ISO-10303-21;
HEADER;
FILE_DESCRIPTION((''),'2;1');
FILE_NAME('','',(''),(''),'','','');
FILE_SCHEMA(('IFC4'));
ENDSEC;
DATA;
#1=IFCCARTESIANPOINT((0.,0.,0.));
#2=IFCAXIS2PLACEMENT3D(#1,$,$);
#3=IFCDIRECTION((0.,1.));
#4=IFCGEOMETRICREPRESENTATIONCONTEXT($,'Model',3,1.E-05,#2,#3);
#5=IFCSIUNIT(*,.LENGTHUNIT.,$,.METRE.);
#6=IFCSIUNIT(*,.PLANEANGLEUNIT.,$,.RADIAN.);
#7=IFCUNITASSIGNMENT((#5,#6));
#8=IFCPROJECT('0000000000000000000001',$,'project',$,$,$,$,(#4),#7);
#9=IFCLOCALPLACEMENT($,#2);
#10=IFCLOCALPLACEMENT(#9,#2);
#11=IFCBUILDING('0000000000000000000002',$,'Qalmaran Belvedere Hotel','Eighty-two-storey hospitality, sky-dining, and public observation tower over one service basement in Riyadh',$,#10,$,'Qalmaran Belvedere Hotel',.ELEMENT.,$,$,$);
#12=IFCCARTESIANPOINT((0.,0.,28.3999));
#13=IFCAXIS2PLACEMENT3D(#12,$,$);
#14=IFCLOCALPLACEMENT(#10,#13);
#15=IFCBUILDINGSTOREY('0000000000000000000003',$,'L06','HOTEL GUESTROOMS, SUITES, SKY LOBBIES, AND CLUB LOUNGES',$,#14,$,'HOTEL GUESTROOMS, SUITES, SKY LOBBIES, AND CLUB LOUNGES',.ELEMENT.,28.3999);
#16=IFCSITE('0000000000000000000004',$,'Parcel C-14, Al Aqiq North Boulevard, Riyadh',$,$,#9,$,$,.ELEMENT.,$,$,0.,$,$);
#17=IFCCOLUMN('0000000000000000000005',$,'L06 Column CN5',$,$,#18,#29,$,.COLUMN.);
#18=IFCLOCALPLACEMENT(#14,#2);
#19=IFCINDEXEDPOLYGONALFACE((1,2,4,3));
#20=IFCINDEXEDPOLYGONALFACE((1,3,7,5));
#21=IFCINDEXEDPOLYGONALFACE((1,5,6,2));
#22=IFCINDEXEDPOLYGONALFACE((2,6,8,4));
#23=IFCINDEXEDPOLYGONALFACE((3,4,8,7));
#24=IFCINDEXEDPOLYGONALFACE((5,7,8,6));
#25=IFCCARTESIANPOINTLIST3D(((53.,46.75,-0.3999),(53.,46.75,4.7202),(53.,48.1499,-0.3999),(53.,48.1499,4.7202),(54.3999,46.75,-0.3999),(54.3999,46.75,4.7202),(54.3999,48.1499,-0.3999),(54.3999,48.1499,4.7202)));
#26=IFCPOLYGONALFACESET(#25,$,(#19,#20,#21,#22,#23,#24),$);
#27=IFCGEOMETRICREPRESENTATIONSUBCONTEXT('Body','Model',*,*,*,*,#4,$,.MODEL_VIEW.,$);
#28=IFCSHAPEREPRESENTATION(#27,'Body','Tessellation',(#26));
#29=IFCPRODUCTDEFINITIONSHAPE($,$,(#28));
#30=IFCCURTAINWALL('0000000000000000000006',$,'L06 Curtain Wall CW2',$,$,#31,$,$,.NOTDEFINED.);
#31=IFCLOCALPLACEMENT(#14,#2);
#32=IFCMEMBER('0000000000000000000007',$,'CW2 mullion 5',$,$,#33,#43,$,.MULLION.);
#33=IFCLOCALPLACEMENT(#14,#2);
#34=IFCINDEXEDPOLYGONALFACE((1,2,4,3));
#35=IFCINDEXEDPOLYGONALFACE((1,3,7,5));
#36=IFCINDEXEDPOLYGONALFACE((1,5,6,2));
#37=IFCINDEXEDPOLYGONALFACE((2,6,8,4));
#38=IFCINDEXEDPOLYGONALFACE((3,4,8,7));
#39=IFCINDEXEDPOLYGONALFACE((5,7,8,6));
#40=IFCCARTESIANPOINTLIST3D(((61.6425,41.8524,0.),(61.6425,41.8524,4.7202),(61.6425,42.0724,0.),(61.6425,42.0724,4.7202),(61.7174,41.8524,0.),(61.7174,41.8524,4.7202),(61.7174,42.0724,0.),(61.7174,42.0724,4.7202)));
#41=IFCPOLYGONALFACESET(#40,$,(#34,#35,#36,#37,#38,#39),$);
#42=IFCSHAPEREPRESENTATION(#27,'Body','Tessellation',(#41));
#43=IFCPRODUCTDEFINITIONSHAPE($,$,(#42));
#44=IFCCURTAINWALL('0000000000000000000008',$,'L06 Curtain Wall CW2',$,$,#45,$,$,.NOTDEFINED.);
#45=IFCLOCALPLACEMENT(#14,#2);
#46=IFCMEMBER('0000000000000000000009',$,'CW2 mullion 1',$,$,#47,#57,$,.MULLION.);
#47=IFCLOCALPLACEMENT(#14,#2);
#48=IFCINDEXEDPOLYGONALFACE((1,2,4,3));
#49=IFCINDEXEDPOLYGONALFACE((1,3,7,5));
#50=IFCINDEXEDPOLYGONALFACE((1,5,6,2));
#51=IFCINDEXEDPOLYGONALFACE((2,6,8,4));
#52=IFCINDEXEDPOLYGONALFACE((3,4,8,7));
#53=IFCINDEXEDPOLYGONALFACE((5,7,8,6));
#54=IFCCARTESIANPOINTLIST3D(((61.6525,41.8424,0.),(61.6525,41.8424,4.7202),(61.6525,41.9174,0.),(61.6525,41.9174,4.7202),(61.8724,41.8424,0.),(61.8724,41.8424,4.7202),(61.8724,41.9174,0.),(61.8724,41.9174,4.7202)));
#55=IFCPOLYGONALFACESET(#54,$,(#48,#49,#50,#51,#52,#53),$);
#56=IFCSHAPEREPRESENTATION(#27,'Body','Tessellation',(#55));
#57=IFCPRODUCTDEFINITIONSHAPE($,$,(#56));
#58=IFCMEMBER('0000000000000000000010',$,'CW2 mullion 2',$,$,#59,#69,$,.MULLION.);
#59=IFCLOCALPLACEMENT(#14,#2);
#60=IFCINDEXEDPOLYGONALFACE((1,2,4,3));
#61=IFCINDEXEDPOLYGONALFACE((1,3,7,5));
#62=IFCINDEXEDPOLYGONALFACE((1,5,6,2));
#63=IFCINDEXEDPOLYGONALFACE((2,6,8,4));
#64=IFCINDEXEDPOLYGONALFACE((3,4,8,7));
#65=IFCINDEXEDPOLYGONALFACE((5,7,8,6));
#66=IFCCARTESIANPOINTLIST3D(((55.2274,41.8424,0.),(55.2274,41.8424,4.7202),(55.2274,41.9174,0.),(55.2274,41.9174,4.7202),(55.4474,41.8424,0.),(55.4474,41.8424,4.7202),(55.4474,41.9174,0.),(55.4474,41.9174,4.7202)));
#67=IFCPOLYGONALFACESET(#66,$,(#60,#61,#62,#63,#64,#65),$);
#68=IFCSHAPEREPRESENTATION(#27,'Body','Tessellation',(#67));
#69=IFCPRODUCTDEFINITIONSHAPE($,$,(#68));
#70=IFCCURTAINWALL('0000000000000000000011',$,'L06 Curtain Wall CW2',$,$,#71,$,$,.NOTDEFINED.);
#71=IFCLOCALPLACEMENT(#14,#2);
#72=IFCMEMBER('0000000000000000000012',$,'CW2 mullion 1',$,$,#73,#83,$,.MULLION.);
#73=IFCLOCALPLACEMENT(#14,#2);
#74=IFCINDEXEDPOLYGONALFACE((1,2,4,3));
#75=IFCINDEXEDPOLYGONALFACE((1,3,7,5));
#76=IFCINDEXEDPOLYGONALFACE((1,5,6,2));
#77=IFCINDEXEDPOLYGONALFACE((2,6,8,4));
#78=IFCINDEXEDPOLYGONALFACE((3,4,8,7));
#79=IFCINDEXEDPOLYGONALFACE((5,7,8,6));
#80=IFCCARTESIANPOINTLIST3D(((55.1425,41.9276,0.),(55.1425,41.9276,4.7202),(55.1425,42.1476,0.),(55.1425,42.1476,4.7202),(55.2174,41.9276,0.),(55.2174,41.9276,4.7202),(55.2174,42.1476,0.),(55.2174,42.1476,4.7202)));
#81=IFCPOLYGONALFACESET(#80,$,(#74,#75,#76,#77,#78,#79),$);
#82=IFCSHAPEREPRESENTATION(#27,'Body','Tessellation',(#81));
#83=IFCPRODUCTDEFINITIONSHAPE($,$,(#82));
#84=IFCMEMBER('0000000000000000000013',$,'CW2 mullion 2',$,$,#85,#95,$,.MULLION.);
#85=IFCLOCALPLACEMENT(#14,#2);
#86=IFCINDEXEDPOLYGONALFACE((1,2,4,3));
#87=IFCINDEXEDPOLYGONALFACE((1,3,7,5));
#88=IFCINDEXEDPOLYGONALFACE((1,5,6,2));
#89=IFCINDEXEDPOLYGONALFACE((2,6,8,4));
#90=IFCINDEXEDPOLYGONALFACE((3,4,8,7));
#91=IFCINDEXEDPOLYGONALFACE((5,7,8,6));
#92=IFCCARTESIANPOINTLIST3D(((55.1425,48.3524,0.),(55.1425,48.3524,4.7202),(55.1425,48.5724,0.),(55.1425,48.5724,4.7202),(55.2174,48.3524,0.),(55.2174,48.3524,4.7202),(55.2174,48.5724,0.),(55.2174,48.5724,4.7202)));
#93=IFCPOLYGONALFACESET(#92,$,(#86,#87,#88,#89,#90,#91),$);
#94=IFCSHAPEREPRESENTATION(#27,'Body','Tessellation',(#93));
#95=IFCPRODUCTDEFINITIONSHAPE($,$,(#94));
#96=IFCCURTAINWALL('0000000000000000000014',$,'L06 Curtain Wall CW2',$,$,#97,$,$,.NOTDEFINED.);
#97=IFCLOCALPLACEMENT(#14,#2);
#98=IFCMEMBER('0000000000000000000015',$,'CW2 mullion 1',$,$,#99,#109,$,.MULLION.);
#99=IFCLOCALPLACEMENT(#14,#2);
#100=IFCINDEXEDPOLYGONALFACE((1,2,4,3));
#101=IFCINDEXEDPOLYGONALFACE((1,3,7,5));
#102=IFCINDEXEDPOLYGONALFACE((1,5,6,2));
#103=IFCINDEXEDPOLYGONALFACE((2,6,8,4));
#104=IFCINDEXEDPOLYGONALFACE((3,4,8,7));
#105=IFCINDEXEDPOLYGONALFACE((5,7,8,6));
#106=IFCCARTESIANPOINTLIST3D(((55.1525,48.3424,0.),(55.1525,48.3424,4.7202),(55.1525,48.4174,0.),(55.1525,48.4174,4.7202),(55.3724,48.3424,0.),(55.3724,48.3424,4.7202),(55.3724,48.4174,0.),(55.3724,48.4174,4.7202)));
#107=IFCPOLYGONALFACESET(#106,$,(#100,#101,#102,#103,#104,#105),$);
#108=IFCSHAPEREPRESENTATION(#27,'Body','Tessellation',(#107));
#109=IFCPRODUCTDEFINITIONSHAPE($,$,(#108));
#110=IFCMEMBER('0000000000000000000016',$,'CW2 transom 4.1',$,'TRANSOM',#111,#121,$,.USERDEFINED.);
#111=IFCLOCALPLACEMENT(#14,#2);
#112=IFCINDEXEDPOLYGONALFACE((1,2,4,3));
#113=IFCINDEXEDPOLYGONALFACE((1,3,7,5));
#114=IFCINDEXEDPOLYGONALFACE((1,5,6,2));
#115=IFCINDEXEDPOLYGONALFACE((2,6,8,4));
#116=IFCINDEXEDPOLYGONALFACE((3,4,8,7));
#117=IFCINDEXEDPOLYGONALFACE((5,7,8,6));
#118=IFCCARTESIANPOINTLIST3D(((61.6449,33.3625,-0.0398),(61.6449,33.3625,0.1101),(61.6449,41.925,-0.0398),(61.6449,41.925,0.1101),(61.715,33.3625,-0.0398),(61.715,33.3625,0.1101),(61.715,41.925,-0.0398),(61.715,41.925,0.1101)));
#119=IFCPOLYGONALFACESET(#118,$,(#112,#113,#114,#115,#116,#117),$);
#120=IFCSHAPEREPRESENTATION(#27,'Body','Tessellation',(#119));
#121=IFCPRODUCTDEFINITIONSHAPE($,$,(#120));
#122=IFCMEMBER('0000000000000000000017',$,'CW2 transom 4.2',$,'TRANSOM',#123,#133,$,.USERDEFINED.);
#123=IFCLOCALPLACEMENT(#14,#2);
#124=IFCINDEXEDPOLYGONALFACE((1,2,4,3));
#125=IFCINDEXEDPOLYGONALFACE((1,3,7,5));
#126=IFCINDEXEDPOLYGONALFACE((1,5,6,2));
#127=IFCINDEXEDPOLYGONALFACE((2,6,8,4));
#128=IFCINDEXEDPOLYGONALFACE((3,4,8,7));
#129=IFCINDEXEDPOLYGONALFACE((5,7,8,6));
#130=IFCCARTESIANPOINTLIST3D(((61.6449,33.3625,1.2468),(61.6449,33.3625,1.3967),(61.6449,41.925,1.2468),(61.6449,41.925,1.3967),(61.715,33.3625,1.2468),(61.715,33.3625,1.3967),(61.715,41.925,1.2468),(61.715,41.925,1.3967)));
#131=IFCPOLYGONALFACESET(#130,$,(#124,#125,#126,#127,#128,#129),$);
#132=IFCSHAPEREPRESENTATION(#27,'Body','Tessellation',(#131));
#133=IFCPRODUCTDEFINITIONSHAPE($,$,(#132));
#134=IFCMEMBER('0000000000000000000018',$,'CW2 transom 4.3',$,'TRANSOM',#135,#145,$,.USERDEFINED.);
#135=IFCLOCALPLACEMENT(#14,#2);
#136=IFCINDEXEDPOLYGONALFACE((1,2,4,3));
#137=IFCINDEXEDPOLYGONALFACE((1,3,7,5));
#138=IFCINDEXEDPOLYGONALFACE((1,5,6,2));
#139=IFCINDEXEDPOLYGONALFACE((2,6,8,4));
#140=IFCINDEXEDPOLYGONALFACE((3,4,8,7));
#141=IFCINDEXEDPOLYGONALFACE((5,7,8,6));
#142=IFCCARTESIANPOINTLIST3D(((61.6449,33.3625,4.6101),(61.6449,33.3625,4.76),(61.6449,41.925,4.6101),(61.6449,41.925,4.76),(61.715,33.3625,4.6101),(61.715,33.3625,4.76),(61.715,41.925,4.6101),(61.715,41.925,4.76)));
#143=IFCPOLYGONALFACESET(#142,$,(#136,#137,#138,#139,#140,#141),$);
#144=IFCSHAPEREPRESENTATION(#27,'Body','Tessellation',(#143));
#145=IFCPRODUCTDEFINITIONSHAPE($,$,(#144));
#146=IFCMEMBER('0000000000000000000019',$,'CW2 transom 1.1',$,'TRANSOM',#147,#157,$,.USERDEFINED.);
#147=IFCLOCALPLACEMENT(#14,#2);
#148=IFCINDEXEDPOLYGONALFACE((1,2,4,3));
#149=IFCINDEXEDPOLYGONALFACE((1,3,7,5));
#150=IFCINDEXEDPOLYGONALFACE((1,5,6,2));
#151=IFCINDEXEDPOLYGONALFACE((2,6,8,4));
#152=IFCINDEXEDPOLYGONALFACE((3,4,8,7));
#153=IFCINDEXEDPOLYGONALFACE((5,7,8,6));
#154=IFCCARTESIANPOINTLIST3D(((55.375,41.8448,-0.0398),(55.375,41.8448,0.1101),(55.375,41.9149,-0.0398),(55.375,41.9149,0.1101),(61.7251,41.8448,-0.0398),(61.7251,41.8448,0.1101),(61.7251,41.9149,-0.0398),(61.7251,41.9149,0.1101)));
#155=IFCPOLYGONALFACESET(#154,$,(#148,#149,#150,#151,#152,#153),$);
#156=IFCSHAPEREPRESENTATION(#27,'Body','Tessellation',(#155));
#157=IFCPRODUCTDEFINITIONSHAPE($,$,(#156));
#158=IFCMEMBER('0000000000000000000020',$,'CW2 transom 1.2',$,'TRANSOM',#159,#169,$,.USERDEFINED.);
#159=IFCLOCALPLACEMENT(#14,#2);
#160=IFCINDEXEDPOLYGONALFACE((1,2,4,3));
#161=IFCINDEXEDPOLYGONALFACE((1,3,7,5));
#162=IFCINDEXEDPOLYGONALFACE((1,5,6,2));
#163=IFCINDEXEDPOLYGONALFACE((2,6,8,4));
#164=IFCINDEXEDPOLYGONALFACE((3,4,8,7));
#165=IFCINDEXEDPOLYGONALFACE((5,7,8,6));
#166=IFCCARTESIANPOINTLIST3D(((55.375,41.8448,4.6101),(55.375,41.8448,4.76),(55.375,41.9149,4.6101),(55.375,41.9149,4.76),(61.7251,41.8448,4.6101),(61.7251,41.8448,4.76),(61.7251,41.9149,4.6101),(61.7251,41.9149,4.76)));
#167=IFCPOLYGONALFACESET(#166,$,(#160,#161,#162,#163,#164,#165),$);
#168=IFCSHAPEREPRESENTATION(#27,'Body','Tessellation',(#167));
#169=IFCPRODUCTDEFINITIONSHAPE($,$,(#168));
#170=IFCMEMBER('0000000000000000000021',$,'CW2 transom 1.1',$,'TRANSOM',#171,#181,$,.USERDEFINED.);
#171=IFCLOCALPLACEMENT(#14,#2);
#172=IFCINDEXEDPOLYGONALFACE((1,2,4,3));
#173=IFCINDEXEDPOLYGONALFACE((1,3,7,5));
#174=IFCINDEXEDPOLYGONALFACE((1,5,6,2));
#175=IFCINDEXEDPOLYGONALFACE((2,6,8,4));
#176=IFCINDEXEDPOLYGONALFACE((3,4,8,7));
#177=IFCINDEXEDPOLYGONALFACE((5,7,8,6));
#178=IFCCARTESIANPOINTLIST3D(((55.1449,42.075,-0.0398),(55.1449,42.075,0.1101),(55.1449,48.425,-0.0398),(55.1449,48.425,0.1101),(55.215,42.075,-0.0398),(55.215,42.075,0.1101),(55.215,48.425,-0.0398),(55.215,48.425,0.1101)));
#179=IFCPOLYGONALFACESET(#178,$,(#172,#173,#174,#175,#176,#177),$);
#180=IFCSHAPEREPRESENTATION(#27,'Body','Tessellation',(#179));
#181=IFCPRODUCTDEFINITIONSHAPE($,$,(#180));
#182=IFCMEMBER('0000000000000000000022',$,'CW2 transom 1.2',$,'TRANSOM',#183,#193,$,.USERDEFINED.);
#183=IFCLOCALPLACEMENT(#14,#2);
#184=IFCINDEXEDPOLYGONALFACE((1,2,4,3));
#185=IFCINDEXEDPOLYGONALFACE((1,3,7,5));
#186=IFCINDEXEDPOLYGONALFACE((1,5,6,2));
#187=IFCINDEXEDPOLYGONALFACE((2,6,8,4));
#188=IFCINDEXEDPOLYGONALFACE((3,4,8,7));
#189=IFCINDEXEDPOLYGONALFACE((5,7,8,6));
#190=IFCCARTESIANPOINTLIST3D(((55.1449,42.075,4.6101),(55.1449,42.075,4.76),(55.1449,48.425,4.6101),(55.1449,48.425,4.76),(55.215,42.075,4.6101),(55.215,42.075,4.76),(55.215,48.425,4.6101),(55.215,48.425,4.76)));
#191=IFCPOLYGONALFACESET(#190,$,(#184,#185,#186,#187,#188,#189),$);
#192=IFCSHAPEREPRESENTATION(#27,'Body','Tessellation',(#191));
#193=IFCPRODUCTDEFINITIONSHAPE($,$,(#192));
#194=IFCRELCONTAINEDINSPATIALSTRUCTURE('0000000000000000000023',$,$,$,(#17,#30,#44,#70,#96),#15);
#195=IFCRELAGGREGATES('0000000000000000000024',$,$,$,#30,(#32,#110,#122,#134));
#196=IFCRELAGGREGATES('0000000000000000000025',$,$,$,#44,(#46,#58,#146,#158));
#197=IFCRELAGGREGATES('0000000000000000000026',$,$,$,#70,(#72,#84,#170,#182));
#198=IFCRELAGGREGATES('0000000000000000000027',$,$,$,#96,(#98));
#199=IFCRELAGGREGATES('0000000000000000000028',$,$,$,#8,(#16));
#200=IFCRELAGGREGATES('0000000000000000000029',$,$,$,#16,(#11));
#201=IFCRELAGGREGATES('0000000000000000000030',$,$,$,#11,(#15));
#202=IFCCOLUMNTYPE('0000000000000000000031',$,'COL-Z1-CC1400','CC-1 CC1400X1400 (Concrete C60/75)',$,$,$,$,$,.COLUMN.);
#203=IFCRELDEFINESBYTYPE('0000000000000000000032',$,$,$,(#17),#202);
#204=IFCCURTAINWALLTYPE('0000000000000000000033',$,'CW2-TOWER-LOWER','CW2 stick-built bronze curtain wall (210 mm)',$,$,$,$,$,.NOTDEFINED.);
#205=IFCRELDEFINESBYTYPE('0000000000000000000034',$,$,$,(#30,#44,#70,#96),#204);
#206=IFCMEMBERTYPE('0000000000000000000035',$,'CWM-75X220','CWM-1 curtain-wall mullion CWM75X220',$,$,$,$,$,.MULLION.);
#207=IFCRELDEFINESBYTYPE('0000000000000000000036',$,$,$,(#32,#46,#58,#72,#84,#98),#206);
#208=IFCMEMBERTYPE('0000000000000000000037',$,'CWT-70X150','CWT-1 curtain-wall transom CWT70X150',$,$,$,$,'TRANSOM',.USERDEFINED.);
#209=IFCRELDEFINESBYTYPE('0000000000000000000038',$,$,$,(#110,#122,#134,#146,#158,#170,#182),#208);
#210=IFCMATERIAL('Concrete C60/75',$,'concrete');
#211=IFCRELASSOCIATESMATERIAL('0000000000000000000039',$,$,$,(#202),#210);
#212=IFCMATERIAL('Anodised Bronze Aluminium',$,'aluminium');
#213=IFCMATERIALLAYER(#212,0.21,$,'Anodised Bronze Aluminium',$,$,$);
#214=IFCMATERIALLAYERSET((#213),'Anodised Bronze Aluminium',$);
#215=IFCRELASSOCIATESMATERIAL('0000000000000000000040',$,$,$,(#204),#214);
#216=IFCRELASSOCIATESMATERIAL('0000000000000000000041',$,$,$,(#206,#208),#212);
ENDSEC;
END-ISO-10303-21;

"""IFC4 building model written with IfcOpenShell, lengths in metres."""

from ifc_helpers import new_model, si_unit, direction, frame, origin, origin_2d, place, context, subcontext, project, spatial, rectangle, extrude, material, layer, layer_set, material_profile, profile_set, type_object, element, aggregate, save


model = new_model("IFC4")

# Units and contexts
model_context = context("Model", 3, precision=1e-05, world=origin(), true_north=direction((0.0, 1.0)))
body_context = subcontext(model_context, "Body", "Model", "MODEL_VIEW")
ifc_project = project(units=[si_unit("LENGTHUNIT", "METRE"), si_unit("PLANEANGLEUNIT", "RADIAN")], contexts=[model_context])

# Site, building, storey
site_placement = place(None, origin())
site = spatial("IfcSite", under=ifc_project, at=site_placement, Name="Parcel C-14, Al Aqiq North Boulevard, Riyadh", CompositionType="ELEMENT", RefElevation=0.0)
building_placement = place(site_placement, origin())
building = spatial("IfcBuilding", under=site, at=building_placement, Name="Qalmaran Belvedere Hotel", Description="Eighty-two-storey hospitality, sky-dining, and public observation tower over one service basement in Riyadh", LongName="Qalmaran Belvedere Hotel", CompositionType="ELEMENT")
storey_placement = place(building_placement, frame((0.0, 0.0, 28.3999)))
storey = spatial("IfcBuildingStorey", under=building, at=storey_placement, Name="L06", Description="HOTEL GUESTROOMS, SUITES, SKY LOBBIES, AND CLUB LOUNGES", LongName="HOTEL GUESTROOMS, SUITES, SKY LOBBIES, AND CLUB LOUNGES", CompositionType="ELEMENT", Elevation=28.3999)

# Column
ifc_material_1 = material(Name="Concrete C60/75", Category="concrete")
ifc_material_profile_1 = material_profile(ifc_material_1, rectangle(XDim=1.3999, YDim=1.3999, at=origin_2d()), Name="CC1400X1400")
ifc_profile_set_1 = profile_set([ifc_material_profile_1], Name="Concrete C60/75")
column_type = type_object("IfcColumnType", Name="COL-Z1-CC1400", Description="CC-1 CC1400X1400 (Concrete C60/75)", PredefinedType="COLUMN", material=ifc_profile_set_1)
column_placement = place(storey_placement, frame((53.7, 47.45, -0.3999), z_axis=(0.0, 0.0, 1.0), x_axis=(1.0, 0.0, 0.0)))
element("IfcColumn", 1, at=column_placement, inside=storey, type_object=column_type, Name="L06 Column CN5", PredefinedType="COLUMN", context=body_context, shape_type="SweptSolid", body=[
    extrude(rectangle(XDim=1.3999, YDim=1.3999, at=origin_2d()), origin(), (0.0, 0.0, 1.0), 5.1201),
])

# Curtain wall, member
ifc_material_2 = material(Name="Anodised Bronze Aluminium", Category="aluminium")
ifc_layer_1 = layer(ifc_material_2, 0.21, Name="Anodised Bronze Aluminium")
ifc_layer_set_1 = layer_set([ifc_layer_1], Name="Anodised Bronze Aluminium")
curtain_wall_type = type_object("IfcCurtainWallType", Name="CW2-TOWER-LOWER", Description="CW2 stick-built bronze curtain wall (210 mm)", PredefinedType="NOTDEFINED", material=ifc_layer_set_1)
curtain_wall_1_placement = place(storey_placement, origin())
curtain_wall_1 = element("IfcCurtainWall", 2, at=curtain_wall_1_placement, inside=storey, type_object=curtain_wall_type, Name="L06 Curtain Wall CW2", PredefinedType="NOTDEFINED")
ifc_material_profile_2 = material_profile(ifc_material_2, rectangle(XDim=0.075, YDim=0.22, at=origin_2d()), Name="CWM75X220")
ifc_profile_set_2 = profile_set([ifc_material_profile_2], Name="Anodised Bronze Aluminium")
member_type_1 = type_object("IfcMemberType", Name="CWM-75X220", Description="CWM-1 curtain-wall mullion CWM75X220", PredefinedType="MULLION", material=ifc_profile_set_2)
member_1_placement = place(storey_placement, frame((61.6799, 41.9624, 0.0), z_axis=(0.0, 0.0, 1.0), x_axis=(-1.0, 0.0, 0.0)))
member_1 = element("IfcMember", 3, at=member_1_placement, type_object=member_type_1, Name="CW2 mullion 5", PredefinedType="MULLION", context=body_context, shape_type="SweptSolid", body=[
    extrude(rectangle(XDim=0.075, YDim=0.22, at=origin_2d()), origin(), (0.0, 0.0, 1.0), 4.7202),
])

# Curtain walls, members
curtain_wall_2_placement = place(storey_placement, origin())
curtain_wall_2 = element("IfcCurtainWall", 4, at=curtain_wall_2_placement, inside=storey, type_object=curtain_wall_type, Name="L06 Curtain Wall CW2", PredefinedType="NOTDEFINED")
member_2_placement = place(storey_placement, frame((61.7625, 41.8799, 0.0), z_axis=(0.0, 0.0, 1.0), x_axis=(0.0, -1.0, 0.0)))
member_2 = element("IfcMember", 5, at=member_2_placement, type_object=member_type_1, Name="CW2 mullion 1", PredefinedType="MULLION", context=body_context, shape_type="SweptSolid", body=[
    extrude(rectangle(XDim=0.075, YDim=0.22, at=origin_2d()), origin(), (0.0, 0.0, 1.0), 4.7202),
])
member_3_placement = place(storey_placement, frame((55.3374, 41.8799, 0.0), z_axis=(0.0, 0.0, 1.0), x_axis=(0.0, -1.0, 0.0)))
member_3 = element("IfcMember", 6, at=member_3_placement, type_object=member_type_1, Name="CW2 mullion 2", PredefinedType="MULLION", context=body_context, shape_type="SweptSolid", body=[
    extrude(rectangle(XDim=0.075, YDim=0.22, at=origin_2d()), origin(), (0.0, 0.0, 1.0), 4.7202),
])
curtain_wall_3_placement = place(storey_placement, origin())
curtain_wall_3 = element("IfcCurtainWall", 7, at=curtain_wall_3_placement, inside=storey, type_object=curtain_wall_type, Name="L06 Curtain Wall CW2", PredefinedType="NOTDEFINED")
member_4_placement = place(storey_placement, frame((55.1799, 42.0376, 0.0), z_axis=(0.0, 0.0, 1.0), x_axis=(-1.0, 0.0, 0.0)))
member_4 = element("IfcMember", 8, at=member_4_placement, type_object=member_type_1, Name="CW2 mullion 1", PredefinedType="MULLION", context=body_context, shape_type="SweptSolid", body=[
    extrude(rectangle(XDim=0.075, YDim=0.22, at=origin_2d()), origin(), (0.0, 0.0, 1.0), 4.7202),
])
member_5_placement = place(storey_placement, frame((55.1799, 48.4624, 0.0), z_axis=(0.0, 0.0, 1.0), x_axis=(-1.0, 0.0, 0.0)))
member_5 = element("IfcMember", 9, at=member_5_placement, type_object=member_type_1, Name="CW2 mullion 2", PredefinedType="MULLION", context=body_context, shape_type="SweptSolid", body=[
    extrude(rectangle(XDim=0.075, YDim=0.22, at=origin_2d()), origin(), (0.0, 0.0, 1.0), 4.7202),
])

# Curtain wall, member
curtain_wall_4_placement = place(storey_placement, origin())
curtain_wall_4 = element("IfcCurtainWall", 10, at=curtain_wall_4_placement, inside=storey, type_object=curtain_wall_type, Name="L06 Curtain Wall CW2", PredefinedType="NOTDEFINED")
member_6_placement = place(storey_placement, frame((55.2625, 48.3799, 0.0), z_axis=(0.0, 0.0, 1.0), x_axis=(0.0, -1.0, 0.0)))
member_6 = element("IfcMember", 11, at=member_6_placement, type_object=member_type_1, Name="CW2 mullion 1", PredefinedType="MULLION", context=body_context, shape_type="SweptSolid", body=[
    extrude(rectangle(XDim=0.075, YDim=0.22, at=origin_2d()), origin(), (0.0, 0.0, 1.0), 4.7202),
])

# Members
ifc_material_profile_3 = material_profile(ifc_material_2, rectangle(XDim=0.0701, YDim=0.1499, at=origin_2d()), Name="CWT70X150")
ifc_profile_set_3 = profile_set([ifc_material_profile_3], Name="Anodised Bronze Aluminium")
member_type_2 = type_object("IfcMemberType", Name="CWT-70X150", Description="CWT-1 curtain-wall transom CWT70X150", ElementType="TRANSOM", PredefinedType="USERDEFINED", material=ifc_profile_set_3)
member_7_placement = place(storey_placement, frame((61.6799, 33.3625, 0.0352), z_axis=(0.0, 1.0, 0.0), x_axis=(-1.0, 0.0, 0.0)))
member_7 = element("IfcMember", 12, at=member_7_placement, type_object=member_type_2, Name="CW2 transom 4.1", ObjectType="TRANSOM", PredefinedType="USERDEFINED", context=body_context, shape_type="SweptSolid", body=[
    extrude(rectangle(XDim=0.0701, YDim=0.1499, at=origin_2d()), origin(), (0.0, 0.0, 1.0), 8.5625),
])
member_8_placement = place(storey_placement, frame((61.6799, 33.3625, 1.3218), z_axis=(0.0, 1.0, 0.0), x_axis=(-1.0, 0.0, 0.0)))
member_8 = element("IfcMember", 13, at=member_8_placement, type_object=member_type_2, Name="CW2 transom 4.2", ObjectType="TRANSOM", PredefinedType="USERDEFINED", context=body_context, shape_type="SweptSolid", body=[
    extrude(rectangle(XDim=0.0701, YDim=0.1499, at=origin_2d()), origin(), (0.0, 0.0, 1.0), 8.5625),
])
member_9_placement = place(storey_placement, frame((61.6799, 33.3625, 4.6851), z_axis=(0.0, 1.0, 0.0), x_axis=(-1.0, 0.0, 0.0)))
member_9 = element("IfcMember", 14, at=member_9_placement, type_object=member_type_2, Name="CW2 transom 4.3", ObjectType="TRANSOM", PredefinedType="USERDEFINED", context=body_context, shape_type="SweptSolid", body=[
    extrude(rectangle(XDim=0.0701, YDim=0.1499, at=origin_2d()), origin(), (0.0, 0.0, 1.0), 8.5625),
])
member_10_placement = place(storey_placement, frame((61.7251, 41.8799, 0.0352), z_axis=(-1.0, 0.0, 0.0), x_axis=(0.0, -1.0, 0.0)))
member_10 = element("IfcMember", 15, at=member_10_placement, type_object=member_type_2, Name="CW2 transom 1.1", ObjectType="TRANSOM", PredefinedType="USERDEFINED", context=body_context, shape_type="SweptSolid", body=[
    extrude(rectangle(XDim=0.0701, YDim=0.1499, at=origin_2d()), origin(), (0.0, 0.0, 1.0), 6.3501),
])
member_11_placement = place(storey_placement, frame((61.7251, 41.8799, 4.6851), z_axis=(-1.0, 0.0, 0.0), x_axis=(0.0, -1.0, 0.0)))
member_11 = element("IfcMember", 16, at=member_11_placement, type_object=member_type_2, Name="CW2 transom 1.2", ObjectType="TRANSOM", PredefinedType="USERDEFINED", context=body_context, shape_type="SweptSolid", body=[
    extrude(rectangle(XDim=0.0701, YDim=0.1499, at=origin_2d()), origin(), (0.0, 0.0, 1.0), 6.3501),
])
member_12_placement = place(storey_placement, frame((55.1799, 42.075, 0.0352), z_axis=(0.0, 1.0, 0.0), x_axis=(-1.0, 0.0, 0.0)))
member_12 = element("IfcMember", 17, at=member_12_placement, type_object=member_type_2, Name="CW2 transom 1.1", ObjectType="TRANSOM", PredefinedType="USERDEFINED", context=body_context, shape_type="SweptSolid", body=[
    extrude(rectangle(XDim=0.0701, YDim=0.1499, at=origin_2d()), origin(), (0.0, 0.0, 1.0), 6.3501),
])
member_13_placement = place(storey_placement, frame((55.1799, 42.075, 4.6851), z_axis=(0.0, 1.0, 0.0), x_axis=(-1.0, 0.0, 0.0)))
member_13 = element("IfcMember", 18, at=member_13_placement, type_object=member_type_2, Name="CW2 transom 1.2", ObjectType="TRANSOM", PredefinedType="USERDEFINED", context=body_context, shape_type="SweptSolid", body=[
    extrude(rectangle(XDim=0.0701, YDim=0.1499, at=origin_2d()), origin(), (0.0, 0.0, 1.0), 6.3501),
])

aggregate(curtain_wall_1, [member_1, member_7, member_8, member_9])
aggregate(curtain_wall_2, [member_2, member_3, member_10, member_11])
aggregate(curtain_wall_3, [member_4, member_5, member_12, member_13])
aggregate(curtain_wall_4, [member_6])

save(model, "model.ifc")
